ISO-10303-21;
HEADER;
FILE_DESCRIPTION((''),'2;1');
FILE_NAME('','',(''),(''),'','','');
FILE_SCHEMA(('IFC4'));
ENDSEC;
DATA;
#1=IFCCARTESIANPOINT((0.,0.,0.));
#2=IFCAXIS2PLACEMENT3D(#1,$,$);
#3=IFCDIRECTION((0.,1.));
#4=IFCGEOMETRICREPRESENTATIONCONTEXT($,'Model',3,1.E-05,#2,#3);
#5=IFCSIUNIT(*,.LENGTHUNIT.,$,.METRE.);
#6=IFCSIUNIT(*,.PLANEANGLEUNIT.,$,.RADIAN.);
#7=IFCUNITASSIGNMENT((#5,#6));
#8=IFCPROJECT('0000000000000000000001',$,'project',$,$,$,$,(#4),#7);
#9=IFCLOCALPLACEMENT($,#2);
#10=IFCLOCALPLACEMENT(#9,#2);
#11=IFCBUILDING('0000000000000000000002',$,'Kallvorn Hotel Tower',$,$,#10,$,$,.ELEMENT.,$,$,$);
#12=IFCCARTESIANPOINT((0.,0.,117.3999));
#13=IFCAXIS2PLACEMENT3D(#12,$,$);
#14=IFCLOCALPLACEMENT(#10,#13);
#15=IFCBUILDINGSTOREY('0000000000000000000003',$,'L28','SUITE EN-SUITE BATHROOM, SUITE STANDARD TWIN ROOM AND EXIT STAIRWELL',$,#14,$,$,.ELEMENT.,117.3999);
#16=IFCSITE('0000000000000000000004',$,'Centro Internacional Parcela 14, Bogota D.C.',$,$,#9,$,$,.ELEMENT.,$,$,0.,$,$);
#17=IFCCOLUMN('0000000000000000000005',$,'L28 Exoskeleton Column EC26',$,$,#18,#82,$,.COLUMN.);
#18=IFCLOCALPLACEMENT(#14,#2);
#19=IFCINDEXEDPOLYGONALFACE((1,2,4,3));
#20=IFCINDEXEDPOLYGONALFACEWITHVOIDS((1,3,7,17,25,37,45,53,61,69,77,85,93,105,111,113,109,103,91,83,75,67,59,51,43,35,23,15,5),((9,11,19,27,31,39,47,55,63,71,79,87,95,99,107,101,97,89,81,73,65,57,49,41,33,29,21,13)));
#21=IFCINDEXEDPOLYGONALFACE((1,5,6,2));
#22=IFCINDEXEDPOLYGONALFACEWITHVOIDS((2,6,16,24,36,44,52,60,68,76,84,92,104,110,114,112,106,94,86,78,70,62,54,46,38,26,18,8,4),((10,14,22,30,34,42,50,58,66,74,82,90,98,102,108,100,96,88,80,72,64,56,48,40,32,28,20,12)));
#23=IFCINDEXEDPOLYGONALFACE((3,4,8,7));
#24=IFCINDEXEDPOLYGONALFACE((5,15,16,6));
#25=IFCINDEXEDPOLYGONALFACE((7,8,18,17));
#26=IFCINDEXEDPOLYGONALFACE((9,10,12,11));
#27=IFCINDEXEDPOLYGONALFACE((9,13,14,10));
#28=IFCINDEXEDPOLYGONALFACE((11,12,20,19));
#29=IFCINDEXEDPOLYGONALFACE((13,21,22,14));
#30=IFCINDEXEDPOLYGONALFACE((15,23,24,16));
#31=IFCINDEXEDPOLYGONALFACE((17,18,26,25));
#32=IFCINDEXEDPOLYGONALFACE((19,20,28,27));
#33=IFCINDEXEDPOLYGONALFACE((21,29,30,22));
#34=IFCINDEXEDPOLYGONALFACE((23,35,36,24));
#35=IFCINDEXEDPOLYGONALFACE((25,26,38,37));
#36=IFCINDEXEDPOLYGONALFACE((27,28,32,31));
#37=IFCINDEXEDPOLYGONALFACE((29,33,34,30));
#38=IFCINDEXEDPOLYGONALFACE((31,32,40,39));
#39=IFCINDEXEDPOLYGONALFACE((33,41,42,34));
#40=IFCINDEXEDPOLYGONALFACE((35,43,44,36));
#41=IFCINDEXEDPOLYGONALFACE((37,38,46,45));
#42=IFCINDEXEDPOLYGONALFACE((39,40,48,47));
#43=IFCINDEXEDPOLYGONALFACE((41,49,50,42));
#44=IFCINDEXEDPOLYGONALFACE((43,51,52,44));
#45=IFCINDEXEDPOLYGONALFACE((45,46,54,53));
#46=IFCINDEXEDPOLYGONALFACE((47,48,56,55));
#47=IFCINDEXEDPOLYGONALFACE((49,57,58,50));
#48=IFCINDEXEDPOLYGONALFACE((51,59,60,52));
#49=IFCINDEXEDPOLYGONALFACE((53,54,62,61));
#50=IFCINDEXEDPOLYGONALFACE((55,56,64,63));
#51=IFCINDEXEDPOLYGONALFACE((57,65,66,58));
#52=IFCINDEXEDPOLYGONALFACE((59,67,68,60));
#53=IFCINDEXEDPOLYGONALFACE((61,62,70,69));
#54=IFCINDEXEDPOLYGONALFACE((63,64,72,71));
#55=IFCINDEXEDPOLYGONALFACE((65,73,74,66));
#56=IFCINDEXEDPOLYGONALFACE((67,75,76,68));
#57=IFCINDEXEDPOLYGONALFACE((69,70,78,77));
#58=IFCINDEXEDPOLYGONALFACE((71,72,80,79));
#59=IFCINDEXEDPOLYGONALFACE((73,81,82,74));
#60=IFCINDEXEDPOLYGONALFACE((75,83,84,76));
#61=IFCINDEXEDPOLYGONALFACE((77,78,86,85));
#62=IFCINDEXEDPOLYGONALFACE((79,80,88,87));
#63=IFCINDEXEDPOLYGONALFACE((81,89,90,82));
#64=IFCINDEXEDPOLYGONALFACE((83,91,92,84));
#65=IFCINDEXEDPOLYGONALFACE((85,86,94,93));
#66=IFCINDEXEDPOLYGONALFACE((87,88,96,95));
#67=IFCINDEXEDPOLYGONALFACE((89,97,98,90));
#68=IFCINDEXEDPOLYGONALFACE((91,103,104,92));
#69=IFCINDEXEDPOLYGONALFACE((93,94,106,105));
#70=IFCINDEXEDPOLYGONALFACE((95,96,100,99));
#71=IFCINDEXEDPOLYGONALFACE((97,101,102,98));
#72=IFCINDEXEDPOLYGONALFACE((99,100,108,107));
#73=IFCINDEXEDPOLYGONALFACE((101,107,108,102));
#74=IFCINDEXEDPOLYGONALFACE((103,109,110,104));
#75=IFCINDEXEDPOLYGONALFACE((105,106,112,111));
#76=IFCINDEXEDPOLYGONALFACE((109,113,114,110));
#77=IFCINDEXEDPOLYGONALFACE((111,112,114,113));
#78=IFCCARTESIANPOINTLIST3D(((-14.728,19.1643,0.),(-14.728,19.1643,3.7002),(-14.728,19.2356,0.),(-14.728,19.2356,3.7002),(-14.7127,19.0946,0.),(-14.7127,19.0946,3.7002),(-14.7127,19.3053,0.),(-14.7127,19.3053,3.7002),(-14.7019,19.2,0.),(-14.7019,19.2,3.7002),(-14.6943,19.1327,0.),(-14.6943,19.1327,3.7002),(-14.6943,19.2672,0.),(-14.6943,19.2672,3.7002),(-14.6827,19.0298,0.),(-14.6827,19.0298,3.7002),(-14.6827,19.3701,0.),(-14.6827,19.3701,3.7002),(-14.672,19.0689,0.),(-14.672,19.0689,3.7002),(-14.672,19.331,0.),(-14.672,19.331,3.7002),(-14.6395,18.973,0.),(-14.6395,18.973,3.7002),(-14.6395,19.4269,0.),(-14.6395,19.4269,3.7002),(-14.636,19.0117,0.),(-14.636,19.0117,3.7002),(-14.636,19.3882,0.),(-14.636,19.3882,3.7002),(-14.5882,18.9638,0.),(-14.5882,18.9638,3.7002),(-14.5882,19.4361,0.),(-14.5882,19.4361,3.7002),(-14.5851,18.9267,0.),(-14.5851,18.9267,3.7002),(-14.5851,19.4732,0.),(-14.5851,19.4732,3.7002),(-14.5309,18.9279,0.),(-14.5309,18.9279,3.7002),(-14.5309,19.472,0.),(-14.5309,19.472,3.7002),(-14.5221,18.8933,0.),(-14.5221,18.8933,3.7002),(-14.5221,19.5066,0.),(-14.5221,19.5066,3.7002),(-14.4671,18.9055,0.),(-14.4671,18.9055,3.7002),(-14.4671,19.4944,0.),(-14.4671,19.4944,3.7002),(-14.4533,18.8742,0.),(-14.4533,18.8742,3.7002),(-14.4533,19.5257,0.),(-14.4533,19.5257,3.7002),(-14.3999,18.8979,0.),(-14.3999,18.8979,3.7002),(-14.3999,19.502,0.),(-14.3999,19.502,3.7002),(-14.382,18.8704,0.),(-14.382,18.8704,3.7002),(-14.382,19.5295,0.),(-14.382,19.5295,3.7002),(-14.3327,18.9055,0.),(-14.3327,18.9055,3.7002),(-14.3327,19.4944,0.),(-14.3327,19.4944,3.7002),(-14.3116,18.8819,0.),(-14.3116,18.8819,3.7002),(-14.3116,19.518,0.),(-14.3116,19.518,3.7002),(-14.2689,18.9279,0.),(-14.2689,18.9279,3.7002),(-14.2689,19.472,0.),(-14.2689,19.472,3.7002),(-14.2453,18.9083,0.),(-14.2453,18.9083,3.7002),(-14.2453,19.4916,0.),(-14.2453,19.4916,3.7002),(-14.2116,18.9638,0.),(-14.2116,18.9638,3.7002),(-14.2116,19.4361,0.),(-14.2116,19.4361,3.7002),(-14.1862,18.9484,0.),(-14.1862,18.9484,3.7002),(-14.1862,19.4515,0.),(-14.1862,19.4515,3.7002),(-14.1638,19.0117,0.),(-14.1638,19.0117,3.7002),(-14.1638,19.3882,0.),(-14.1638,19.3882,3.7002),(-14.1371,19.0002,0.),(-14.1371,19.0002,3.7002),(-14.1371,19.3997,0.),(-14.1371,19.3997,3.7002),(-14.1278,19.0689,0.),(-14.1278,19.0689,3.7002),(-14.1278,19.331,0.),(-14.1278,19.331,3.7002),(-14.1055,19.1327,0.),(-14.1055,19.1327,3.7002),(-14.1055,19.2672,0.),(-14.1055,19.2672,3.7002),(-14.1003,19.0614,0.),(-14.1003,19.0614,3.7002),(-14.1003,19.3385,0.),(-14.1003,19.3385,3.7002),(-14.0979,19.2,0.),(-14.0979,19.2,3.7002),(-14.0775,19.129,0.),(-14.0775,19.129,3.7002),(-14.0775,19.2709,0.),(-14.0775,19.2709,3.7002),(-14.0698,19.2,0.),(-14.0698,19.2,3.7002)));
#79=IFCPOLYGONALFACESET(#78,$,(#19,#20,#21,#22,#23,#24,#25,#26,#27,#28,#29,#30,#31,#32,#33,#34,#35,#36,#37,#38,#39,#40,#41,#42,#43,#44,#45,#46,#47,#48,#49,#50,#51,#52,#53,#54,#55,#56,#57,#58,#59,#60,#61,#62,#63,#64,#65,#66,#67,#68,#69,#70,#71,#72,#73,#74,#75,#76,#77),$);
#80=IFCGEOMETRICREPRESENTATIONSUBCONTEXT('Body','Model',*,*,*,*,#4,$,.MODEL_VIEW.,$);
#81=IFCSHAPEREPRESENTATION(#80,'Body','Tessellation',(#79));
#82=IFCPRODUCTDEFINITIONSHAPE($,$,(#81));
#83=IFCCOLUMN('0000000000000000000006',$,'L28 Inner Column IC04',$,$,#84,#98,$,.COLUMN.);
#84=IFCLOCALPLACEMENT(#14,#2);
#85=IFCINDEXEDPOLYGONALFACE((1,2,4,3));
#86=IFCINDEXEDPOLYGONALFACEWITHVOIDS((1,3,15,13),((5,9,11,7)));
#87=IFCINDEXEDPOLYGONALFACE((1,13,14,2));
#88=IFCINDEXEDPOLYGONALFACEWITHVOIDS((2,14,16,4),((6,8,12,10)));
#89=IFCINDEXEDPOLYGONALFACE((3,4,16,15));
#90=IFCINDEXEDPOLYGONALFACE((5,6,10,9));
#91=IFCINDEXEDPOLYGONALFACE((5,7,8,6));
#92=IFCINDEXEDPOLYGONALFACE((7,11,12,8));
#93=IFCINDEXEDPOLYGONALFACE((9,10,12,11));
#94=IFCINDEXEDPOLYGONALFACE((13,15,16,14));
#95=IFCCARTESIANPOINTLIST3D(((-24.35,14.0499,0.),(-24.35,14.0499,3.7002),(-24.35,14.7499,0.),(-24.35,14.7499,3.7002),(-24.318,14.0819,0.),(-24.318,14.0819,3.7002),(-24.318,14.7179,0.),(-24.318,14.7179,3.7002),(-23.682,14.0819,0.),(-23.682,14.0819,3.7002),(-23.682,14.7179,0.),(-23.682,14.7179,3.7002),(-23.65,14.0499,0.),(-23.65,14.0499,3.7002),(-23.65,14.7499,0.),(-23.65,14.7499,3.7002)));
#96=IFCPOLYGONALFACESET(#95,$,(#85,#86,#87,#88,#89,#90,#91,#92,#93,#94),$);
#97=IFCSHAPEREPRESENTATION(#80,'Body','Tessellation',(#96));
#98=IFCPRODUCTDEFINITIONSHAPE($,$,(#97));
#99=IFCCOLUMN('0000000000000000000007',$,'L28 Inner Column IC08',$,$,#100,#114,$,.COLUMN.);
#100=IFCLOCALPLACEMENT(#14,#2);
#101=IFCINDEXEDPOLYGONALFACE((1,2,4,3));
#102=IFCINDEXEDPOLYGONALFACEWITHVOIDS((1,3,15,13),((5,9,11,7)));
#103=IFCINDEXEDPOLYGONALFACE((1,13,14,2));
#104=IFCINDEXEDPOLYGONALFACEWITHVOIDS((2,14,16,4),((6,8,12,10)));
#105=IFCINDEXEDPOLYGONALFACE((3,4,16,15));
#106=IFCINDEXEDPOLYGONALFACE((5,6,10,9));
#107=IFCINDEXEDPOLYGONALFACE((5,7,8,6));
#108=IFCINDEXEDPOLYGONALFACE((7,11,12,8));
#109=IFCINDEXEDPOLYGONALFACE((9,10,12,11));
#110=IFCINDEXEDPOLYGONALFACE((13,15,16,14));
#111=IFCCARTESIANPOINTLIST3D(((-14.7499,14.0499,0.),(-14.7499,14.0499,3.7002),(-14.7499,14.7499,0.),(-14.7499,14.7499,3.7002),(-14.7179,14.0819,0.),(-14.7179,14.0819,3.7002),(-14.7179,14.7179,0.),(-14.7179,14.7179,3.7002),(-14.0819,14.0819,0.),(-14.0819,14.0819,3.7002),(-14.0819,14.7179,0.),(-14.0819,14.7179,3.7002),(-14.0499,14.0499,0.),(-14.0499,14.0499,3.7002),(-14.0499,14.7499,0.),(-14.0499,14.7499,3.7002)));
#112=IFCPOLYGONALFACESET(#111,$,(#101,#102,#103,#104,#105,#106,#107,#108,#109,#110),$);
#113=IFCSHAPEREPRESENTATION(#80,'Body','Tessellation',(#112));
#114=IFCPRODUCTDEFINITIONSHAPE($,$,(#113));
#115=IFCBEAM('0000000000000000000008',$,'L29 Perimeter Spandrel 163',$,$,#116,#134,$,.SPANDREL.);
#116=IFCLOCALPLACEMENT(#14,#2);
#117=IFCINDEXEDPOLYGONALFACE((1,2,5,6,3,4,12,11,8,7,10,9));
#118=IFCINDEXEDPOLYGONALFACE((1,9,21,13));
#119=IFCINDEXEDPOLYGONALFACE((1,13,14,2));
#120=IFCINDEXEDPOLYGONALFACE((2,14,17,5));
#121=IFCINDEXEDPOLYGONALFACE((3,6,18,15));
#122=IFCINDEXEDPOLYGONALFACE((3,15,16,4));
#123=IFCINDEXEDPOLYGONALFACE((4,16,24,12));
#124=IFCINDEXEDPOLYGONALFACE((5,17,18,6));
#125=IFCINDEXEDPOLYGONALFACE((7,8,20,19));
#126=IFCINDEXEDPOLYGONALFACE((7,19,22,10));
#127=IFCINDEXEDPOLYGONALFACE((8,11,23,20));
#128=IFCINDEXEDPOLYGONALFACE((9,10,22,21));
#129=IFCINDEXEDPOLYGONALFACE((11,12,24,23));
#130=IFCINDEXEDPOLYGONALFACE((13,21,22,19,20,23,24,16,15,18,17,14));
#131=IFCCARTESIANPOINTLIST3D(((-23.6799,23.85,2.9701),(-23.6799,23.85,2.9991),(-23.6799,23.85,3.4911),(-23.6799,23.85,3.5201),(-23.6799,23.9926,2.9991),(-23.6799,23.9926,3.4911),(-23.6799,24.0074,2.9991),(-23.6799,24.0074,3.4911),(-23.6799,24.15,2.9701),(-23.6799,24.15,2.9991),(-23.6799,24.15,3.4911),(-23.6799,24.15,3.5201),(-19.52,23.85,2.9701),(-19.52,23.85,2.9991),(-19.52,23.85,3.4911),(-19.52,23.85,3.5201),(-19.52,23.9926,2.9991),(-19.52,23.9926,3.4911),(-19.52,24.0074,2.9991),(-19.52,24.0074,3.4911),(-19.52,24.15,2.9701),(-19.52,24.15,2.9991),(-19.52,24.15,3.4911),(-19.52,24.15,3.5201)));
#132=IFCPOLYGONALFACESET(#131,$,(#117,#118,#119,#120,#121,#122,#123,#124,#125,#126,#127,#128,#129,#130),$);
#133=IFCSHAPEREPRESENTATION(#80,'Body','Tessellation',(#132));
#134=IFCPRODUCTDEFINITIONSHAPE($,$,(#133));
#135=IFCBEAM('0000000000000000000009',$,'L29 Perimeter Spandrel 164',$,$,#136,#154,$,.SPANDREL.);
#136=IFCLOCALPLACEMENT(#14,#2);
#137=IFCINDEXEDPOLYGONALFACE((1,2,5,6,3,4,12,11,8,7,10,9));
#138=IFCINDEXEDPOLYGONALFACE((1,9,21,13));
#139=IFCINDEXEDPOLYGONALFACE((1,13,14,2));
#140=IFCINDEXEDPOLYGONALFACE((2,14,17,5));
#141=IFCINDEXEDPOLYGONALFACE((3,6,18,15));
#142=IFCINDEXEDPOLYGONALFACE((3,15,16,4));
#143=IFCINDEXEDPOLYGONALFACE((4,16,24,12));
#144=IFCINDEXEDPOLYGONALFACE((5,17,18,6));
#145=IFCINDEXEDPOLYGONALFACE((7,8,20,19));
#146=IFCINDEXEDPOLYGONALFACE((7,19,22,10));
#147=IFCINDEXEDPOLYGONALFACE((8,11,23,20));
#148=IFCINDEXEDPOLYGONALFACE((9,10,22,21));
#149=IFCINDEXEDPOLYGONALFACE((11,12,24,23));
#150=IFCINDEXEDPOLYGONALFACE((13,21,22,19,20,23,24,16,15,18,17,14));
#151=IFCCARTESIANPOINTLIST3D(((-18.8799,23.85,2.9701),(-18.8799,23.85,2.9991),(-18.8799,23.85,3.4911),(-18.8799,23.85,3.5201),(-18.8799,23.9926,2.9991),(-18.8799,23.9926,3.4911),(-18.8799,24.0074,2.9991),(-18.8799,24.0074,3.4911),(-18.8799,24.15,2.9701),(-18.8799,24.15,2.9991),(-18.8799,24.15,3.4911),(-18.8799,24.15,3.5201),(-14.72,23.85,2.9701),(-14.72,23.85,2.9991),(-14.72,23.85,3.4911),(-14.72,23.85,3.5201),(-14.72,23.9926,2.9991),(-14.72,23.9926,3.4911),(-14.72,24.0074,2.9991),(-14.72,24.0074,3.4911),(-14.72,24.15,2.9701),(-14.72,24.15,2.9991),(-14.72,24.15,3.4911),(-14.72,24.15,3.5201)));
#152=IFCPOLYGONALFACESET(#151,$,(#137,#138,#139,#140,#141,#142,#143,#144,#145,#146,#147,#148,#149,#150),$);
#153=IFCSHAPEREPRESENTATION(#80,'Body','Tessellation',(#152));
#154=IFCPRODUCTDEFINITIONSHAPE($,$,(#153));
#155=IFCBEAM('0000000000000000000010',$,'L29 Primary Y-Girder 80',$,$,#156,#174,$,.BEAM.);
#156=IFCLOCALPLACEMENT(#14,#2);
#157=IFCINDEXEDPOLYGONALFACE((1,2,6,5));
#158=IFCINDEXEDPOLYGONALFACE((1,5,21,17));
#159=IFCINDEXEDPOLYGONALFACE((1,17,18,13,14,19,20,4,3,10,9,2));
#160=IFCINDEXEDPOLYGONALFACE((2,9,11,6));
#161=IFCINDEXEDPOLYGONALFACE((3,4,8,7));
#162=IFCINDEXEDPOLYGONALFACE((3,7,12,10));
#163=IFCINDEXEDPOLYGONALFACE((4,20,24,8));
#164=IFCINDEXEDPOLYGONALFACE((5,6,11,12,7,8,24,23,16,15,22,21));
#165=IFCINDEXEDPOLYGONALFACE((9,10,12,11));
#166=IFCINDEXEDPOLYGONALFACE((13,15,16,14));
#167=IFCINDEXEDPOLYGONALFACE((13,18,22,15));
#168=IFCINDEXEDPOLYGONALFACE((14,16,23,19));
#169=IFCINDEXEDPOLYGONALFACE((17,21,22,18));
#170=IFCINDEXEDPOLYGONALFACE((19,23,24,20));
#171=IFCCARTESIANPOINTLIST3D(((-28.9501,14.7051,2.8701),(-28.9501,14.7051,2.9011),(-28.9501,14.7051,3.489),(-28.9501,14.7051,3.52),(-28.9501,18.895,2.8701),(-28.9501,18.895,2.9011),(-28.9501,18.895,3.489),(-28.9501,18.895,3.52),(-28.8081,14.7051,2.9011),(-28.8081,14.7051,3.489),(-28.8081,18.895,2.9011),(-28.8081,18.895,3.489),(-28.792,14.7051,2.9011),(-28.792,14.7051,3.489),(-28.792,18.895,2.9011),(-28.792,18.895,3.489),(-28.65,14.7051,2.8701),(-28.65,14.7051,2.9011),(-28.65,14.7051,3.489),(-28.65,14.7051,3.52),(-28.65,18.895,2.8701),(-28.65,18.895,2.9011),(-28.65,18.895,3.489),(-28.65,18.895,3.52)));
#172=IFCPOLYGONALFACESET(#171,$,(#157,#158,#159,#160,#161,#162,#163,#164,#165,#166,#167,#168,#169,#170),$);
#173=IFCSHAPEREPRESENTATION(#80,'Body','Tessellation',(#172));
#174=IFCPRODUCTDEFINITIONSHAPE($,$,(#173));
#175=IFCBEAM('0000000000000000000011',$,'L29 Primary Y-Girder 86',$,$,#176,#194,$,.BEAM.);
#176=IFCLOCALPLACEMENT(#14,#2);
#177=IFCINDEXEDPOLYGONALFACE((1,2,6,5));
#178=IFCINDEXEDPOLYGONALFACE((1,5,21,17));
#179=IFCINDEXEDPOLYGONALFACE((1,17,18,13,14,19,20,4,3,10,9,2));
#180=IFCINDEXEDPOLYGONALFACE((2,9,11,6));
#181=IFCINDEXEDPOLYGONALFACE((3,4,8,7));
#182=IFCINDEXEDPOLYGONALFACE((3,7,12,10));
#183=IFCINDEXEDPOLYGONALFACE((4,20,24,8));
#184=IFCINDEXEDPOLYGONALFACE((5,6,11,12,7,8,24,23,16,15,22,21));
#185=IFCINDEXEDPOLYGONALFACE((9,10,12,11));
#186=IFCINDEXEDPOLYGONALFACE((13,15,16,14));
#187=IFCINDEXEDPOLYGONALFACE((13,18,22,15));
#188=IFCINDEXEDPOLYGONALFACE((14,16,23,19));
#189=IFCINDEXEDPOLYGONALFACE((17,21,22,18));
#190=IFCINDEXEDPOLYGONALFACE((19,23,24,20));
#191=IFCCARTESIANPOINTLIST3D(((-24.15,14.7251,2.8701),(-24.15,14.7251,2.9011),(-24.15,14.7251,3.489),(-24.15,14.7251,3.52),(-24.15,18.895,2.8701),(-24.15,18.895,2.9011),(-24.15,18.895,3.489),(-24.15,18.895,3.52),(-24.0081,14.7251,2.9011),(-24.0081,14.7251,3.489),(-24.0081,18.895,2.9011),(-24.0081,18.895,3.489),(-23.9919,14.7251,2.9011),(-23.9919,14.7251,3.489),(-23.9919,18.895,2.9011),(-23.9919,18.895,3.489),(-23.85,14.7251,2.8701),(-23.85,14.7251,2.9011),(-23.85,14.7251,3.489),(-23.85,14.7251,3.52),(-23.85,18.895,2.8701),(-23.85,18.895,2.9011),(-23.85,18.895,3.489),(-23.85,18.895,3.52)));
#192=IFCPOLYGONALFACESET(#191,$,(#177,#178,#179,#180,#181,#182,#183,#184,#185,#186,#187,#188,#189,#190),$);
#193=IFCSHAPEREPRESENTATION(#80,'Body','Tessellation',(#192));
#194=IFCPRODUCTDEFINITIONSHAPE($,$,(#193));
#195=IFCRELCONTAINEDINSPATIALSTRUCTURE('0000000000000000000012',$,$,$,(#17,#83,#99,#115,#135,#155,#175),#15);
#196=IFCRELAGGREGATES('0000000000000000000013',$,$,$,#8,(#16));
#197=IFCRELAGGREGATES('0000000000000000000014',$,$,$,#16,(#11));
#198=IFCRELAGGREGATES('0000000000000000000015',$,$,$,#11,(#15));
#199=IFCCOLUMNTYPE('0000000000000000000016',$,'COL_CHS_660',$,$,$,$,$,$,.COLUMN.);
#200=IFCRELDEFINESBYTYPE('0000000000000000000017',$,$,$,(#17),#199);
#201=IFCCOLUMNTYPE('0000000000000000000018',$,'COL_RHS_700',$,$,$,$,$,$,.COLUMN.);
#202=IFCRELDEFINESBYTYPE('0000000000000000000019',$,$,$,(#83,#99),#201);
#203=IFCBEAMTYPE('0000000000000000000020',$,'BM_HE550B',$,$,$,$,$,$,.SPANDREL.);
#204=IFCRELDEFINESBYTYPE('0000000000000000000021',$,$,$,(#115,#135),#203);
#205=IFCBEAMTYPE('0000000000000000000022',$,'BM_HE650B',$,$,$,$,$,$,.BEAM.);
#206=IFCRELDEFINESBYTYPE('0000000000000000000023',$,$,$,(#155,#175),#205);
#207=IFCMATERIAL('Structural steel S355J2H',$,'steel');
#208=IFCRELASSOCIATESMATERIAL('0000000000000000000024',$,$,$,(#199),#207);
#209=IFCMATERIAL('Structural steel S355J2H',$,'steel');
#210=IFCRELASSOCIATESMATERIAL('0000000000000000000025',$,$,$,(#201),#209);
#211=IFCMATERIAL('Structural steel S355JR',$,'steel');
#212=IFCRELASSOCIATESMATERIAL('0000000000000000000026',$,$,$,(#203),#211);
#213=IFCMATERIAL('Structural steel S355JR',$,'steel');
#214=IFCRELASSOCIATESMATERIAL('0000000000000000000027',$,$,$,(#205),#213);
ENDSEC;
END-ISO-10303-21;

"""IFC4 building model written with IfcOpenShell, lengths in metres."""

from ifc_helpers import new_model, si_unit, direction, frame, origin, origin_2d, place, context, subcontext, project, spatial, hollow_rectangle, hollow_circle, i_section, extrude, material, material_profile, profile_set, type_object, element, save


model = new_model("IFC4")

# Units and contexts
model_context = context("Model", 3, precision=1e-05, world=origin(), true_north=direction((0.0, 1.0)))
body_context = subcontext(model_context, "Body", "Model", "MODEL_VIEW")
ifc_project = project(units=[si_unit("LENGTHUNIT", "METRE"), si_unit("PLANEANGLEUNIT", "RADIAN")], contexts=[model_context])

# Site, building, storey
site_placement = place(None, origin())
site = spatial("IfcSite", under=ifc_project, at=site_placement, Name="Centro Internacional Parcela 14, Bogota D.C.", CompositionType="ELEMENT", RefElevation=0.0)
building_placement = place(site_placement, origin())
building = spatial("IfcBuilding", under=site, at=building_placement, Name="Kallvorn Hotel Tower", CompositionType="ELEMENT")
storey_placement = place(building_placement, frame((0.0, 0.0, 117.3999)))
storey = spatial("IfcBuildingStorey", under=building, at=storey_placement, Name="L28", Description="SUITE EN-SUITE BATHROOM, SUITE STANDARD TWIN ROOM AND EXIT STAIRWELL", CompositionType="ELEMENT", Elevation=117.3999)

# Columns
ifc_material_1 = material(Name="Structural steel S355J2H", Category="steel")
ifc_material_profile_1 = material_profile(ifc_material_1, hollow_circle(Radius=0.3301, WallThickness=0.0281, at=origin_2d()), Name="CHS 660x28")
ifc_profile_set_1 = profile_set([ifc_material_profile_1], Name="Structural steel S355J2H")
column_type_1 = type_object("IfcColumnType", Name="COL_CHS_660", PredefinedType="COLUMN", material=ifc_profile_set_1)
for number, where, z_axis, x_axis, name in (
    (1, (-14.3999, 19.2, 0.0), (0.0, 0.0, 1.0), (1.0, 0.0, 0.0), "L28 Exoskeleton Column EC26"),
):
    element("IfcColumn", number, at=place(storey_placement, frame(where, z_axis=z_axis, x_axis=x_axis)), inside=storey, type_object=column_type_1, Name=name, PredefinedType="COLUMN", context=body_context, shape_type="SweptSolid", body=[
        extrude(hollow_circle(Radius=0.3301, WallThickness=0.0281, at=origin_2d()), origin(), (0.0, 0.0, 1.0), 3.7002),
    ])
ifc_material_2 = material(Name="Structural steel S355J2H", Category="steel")
ifc_material_profile_2 = material_profile(ifc_material_2, hollow_rectangle(XDim=0.7, YDim=0.7, WallThickness=0.032, at=origin_2d()), Name="RHS 700x700x32")
ifc_profile_set_2 = profile_set([ifc_material_profile_2], Name="Structural steel S355J2H")
column_type_2 = type_object("IfcColumnType", Name="COL_RHS_700", PredefinedType="COLUMN", material=ifc_profile_set_2)
for number, where, z_axis, x_axis, name in (
    (2, (-24.0, 14.3999, 0.0), (0.0, 0.0, 1.0), (1.0, 0.0, 0.0), "L28 Inner Column IC04"),
    (3, (-14.3999, 14.3999, 0.0), (0.0, 0.0, 1.0), (1.0, 0.0, 0.0), "L28 Inner Column IC08"),
):
    element("IfcColumn", number, at=place(storey_placement, frame(where, z_axis=z_axis, x_axis=x_axis)), inside=storey, type_object=column_type_2, Name=name, PredefinedType="COLUMN", context=body_context, shape_type="SweptSolid", body=[
        extrude(hollow_rectangle(XDim=0.7, YDim=0.7, WallThickness=0.032, at=origin_2d()), origin(), (0.0, 0.0, 1.0), 3.7002),
    ])

# Beams
ifc_material_3 = material(Name="Structural steel S355JR", Category="steel")
ifc_material_profile_3 = material_profile(ifc_material_3, i_section(OverallWidth=0.3, OverallDepth=0.55, WebThickness=0.0149, FlangeThickness=0.0291, at=origin_2d()), Name="HE 550 B")
ifc_profile_set_3 = profile_set([ifc_material_profile_3], Name="Structural steel S355JR")
beam_type_1 = type_object("IfcBeamType", Name="BM_HE550B", PredefinedType="SPANDREL", material=ifc_profile_set_3)
for number, where, z_axis, x_axis, name in (
    (4, (-23.6799, 24.0, 3.2451), (1.0, 0.0, 0.0), (0.0, 1.0, 0.0), "L29 Perimeter Spandrel 163"),
    (5, (-18.8799, 24.0, 3.2451), (1.0, 0.0, 0.0), (0.0, 1.0, 0.0), "L29 Perimeter Spandrel 164"),
):
    element("IfcBeam", number, at=place(storey_placement, frame(where, z_axis=z_axis, x_axis=x_axis)), inside=storey, type_object=beam_type_1, Name=name, PredefinedType="SPANDREL", context=body_context, shape_type="SweptSolid", body=[
        extrude(i_section(OverallWidth=0.3, OverallDepth=0.55, WebThickness=0.0149, FlangeThickness=0.0291, at=origin_2d()), origin(), (0.0, 0.0, 1.0), 4.1599),
    ])
ifc_material_4 = material(Name="Structural steel S355JR", Category="steel")
ifc_material_profile_4 = material_profile(ifc_material_4, i_section(OverallWidth=0.3, OverallDepth=0.6499, WebThickness=0.0161, FlangeThickness=0.031, at=origin_2d()), Name="HE 650 B")
ifc_profile_set_4 = profile_set([ifc_material_profile_4], Name="Structural steel S355JR")
beam_type_2 = type_object("IfcBeamType", Name="BM_HE650B", PredefinedType="BEAM", material=ifc_profile_set_4)
beam_1_placement = place(storey_placement, frame((-28.8, 14.7051, 3.1951), z_axis=(0.0, 1.0, 0.0), x_axis=(-1.0, 0.0, 0.0)))
element("IfcBeam", 6, at=beam_1_placement, inside=storey, type_object=beam_type_2, Name="L29 Primary Y-Girder 80", PredefinedType="BEAM", context=body_context, shape_type="SweptSolid", body=[
    extrude(i_section(OverallWidth=0.3, OverallDepth=0.6499, WebThickness=0.0161, FlangeThickness=0.031, at=origin_2d()), origin(), (0.0, 0.0, 1.0), 4.1899),
])
beam_2_placement = place(storey_placement, frame((-24.0, 14.7251, 3.1951), z_axis=(0.0, 1.0, 0.0), x_axis=(-1.0, 0.0, 0.0)))
element("IfcBeam", 7, at=beam_2_placement, inside=storey, type_object=beam_type_2, Name="L29 Primary Y-Girder 86", PredefinedType="BEAM", context=body_context, shape_type="SweptSolid", body=[
    extrude(i_section(OverallWidth=0.3, OverallDepth=0.6499, WebThickness=0.0161, FlangeThickness=0.031, at=origin_2d()), origin(), (0.0, 0.0, 1.0), 4.1699),
])

save(model, "model.ifc")
